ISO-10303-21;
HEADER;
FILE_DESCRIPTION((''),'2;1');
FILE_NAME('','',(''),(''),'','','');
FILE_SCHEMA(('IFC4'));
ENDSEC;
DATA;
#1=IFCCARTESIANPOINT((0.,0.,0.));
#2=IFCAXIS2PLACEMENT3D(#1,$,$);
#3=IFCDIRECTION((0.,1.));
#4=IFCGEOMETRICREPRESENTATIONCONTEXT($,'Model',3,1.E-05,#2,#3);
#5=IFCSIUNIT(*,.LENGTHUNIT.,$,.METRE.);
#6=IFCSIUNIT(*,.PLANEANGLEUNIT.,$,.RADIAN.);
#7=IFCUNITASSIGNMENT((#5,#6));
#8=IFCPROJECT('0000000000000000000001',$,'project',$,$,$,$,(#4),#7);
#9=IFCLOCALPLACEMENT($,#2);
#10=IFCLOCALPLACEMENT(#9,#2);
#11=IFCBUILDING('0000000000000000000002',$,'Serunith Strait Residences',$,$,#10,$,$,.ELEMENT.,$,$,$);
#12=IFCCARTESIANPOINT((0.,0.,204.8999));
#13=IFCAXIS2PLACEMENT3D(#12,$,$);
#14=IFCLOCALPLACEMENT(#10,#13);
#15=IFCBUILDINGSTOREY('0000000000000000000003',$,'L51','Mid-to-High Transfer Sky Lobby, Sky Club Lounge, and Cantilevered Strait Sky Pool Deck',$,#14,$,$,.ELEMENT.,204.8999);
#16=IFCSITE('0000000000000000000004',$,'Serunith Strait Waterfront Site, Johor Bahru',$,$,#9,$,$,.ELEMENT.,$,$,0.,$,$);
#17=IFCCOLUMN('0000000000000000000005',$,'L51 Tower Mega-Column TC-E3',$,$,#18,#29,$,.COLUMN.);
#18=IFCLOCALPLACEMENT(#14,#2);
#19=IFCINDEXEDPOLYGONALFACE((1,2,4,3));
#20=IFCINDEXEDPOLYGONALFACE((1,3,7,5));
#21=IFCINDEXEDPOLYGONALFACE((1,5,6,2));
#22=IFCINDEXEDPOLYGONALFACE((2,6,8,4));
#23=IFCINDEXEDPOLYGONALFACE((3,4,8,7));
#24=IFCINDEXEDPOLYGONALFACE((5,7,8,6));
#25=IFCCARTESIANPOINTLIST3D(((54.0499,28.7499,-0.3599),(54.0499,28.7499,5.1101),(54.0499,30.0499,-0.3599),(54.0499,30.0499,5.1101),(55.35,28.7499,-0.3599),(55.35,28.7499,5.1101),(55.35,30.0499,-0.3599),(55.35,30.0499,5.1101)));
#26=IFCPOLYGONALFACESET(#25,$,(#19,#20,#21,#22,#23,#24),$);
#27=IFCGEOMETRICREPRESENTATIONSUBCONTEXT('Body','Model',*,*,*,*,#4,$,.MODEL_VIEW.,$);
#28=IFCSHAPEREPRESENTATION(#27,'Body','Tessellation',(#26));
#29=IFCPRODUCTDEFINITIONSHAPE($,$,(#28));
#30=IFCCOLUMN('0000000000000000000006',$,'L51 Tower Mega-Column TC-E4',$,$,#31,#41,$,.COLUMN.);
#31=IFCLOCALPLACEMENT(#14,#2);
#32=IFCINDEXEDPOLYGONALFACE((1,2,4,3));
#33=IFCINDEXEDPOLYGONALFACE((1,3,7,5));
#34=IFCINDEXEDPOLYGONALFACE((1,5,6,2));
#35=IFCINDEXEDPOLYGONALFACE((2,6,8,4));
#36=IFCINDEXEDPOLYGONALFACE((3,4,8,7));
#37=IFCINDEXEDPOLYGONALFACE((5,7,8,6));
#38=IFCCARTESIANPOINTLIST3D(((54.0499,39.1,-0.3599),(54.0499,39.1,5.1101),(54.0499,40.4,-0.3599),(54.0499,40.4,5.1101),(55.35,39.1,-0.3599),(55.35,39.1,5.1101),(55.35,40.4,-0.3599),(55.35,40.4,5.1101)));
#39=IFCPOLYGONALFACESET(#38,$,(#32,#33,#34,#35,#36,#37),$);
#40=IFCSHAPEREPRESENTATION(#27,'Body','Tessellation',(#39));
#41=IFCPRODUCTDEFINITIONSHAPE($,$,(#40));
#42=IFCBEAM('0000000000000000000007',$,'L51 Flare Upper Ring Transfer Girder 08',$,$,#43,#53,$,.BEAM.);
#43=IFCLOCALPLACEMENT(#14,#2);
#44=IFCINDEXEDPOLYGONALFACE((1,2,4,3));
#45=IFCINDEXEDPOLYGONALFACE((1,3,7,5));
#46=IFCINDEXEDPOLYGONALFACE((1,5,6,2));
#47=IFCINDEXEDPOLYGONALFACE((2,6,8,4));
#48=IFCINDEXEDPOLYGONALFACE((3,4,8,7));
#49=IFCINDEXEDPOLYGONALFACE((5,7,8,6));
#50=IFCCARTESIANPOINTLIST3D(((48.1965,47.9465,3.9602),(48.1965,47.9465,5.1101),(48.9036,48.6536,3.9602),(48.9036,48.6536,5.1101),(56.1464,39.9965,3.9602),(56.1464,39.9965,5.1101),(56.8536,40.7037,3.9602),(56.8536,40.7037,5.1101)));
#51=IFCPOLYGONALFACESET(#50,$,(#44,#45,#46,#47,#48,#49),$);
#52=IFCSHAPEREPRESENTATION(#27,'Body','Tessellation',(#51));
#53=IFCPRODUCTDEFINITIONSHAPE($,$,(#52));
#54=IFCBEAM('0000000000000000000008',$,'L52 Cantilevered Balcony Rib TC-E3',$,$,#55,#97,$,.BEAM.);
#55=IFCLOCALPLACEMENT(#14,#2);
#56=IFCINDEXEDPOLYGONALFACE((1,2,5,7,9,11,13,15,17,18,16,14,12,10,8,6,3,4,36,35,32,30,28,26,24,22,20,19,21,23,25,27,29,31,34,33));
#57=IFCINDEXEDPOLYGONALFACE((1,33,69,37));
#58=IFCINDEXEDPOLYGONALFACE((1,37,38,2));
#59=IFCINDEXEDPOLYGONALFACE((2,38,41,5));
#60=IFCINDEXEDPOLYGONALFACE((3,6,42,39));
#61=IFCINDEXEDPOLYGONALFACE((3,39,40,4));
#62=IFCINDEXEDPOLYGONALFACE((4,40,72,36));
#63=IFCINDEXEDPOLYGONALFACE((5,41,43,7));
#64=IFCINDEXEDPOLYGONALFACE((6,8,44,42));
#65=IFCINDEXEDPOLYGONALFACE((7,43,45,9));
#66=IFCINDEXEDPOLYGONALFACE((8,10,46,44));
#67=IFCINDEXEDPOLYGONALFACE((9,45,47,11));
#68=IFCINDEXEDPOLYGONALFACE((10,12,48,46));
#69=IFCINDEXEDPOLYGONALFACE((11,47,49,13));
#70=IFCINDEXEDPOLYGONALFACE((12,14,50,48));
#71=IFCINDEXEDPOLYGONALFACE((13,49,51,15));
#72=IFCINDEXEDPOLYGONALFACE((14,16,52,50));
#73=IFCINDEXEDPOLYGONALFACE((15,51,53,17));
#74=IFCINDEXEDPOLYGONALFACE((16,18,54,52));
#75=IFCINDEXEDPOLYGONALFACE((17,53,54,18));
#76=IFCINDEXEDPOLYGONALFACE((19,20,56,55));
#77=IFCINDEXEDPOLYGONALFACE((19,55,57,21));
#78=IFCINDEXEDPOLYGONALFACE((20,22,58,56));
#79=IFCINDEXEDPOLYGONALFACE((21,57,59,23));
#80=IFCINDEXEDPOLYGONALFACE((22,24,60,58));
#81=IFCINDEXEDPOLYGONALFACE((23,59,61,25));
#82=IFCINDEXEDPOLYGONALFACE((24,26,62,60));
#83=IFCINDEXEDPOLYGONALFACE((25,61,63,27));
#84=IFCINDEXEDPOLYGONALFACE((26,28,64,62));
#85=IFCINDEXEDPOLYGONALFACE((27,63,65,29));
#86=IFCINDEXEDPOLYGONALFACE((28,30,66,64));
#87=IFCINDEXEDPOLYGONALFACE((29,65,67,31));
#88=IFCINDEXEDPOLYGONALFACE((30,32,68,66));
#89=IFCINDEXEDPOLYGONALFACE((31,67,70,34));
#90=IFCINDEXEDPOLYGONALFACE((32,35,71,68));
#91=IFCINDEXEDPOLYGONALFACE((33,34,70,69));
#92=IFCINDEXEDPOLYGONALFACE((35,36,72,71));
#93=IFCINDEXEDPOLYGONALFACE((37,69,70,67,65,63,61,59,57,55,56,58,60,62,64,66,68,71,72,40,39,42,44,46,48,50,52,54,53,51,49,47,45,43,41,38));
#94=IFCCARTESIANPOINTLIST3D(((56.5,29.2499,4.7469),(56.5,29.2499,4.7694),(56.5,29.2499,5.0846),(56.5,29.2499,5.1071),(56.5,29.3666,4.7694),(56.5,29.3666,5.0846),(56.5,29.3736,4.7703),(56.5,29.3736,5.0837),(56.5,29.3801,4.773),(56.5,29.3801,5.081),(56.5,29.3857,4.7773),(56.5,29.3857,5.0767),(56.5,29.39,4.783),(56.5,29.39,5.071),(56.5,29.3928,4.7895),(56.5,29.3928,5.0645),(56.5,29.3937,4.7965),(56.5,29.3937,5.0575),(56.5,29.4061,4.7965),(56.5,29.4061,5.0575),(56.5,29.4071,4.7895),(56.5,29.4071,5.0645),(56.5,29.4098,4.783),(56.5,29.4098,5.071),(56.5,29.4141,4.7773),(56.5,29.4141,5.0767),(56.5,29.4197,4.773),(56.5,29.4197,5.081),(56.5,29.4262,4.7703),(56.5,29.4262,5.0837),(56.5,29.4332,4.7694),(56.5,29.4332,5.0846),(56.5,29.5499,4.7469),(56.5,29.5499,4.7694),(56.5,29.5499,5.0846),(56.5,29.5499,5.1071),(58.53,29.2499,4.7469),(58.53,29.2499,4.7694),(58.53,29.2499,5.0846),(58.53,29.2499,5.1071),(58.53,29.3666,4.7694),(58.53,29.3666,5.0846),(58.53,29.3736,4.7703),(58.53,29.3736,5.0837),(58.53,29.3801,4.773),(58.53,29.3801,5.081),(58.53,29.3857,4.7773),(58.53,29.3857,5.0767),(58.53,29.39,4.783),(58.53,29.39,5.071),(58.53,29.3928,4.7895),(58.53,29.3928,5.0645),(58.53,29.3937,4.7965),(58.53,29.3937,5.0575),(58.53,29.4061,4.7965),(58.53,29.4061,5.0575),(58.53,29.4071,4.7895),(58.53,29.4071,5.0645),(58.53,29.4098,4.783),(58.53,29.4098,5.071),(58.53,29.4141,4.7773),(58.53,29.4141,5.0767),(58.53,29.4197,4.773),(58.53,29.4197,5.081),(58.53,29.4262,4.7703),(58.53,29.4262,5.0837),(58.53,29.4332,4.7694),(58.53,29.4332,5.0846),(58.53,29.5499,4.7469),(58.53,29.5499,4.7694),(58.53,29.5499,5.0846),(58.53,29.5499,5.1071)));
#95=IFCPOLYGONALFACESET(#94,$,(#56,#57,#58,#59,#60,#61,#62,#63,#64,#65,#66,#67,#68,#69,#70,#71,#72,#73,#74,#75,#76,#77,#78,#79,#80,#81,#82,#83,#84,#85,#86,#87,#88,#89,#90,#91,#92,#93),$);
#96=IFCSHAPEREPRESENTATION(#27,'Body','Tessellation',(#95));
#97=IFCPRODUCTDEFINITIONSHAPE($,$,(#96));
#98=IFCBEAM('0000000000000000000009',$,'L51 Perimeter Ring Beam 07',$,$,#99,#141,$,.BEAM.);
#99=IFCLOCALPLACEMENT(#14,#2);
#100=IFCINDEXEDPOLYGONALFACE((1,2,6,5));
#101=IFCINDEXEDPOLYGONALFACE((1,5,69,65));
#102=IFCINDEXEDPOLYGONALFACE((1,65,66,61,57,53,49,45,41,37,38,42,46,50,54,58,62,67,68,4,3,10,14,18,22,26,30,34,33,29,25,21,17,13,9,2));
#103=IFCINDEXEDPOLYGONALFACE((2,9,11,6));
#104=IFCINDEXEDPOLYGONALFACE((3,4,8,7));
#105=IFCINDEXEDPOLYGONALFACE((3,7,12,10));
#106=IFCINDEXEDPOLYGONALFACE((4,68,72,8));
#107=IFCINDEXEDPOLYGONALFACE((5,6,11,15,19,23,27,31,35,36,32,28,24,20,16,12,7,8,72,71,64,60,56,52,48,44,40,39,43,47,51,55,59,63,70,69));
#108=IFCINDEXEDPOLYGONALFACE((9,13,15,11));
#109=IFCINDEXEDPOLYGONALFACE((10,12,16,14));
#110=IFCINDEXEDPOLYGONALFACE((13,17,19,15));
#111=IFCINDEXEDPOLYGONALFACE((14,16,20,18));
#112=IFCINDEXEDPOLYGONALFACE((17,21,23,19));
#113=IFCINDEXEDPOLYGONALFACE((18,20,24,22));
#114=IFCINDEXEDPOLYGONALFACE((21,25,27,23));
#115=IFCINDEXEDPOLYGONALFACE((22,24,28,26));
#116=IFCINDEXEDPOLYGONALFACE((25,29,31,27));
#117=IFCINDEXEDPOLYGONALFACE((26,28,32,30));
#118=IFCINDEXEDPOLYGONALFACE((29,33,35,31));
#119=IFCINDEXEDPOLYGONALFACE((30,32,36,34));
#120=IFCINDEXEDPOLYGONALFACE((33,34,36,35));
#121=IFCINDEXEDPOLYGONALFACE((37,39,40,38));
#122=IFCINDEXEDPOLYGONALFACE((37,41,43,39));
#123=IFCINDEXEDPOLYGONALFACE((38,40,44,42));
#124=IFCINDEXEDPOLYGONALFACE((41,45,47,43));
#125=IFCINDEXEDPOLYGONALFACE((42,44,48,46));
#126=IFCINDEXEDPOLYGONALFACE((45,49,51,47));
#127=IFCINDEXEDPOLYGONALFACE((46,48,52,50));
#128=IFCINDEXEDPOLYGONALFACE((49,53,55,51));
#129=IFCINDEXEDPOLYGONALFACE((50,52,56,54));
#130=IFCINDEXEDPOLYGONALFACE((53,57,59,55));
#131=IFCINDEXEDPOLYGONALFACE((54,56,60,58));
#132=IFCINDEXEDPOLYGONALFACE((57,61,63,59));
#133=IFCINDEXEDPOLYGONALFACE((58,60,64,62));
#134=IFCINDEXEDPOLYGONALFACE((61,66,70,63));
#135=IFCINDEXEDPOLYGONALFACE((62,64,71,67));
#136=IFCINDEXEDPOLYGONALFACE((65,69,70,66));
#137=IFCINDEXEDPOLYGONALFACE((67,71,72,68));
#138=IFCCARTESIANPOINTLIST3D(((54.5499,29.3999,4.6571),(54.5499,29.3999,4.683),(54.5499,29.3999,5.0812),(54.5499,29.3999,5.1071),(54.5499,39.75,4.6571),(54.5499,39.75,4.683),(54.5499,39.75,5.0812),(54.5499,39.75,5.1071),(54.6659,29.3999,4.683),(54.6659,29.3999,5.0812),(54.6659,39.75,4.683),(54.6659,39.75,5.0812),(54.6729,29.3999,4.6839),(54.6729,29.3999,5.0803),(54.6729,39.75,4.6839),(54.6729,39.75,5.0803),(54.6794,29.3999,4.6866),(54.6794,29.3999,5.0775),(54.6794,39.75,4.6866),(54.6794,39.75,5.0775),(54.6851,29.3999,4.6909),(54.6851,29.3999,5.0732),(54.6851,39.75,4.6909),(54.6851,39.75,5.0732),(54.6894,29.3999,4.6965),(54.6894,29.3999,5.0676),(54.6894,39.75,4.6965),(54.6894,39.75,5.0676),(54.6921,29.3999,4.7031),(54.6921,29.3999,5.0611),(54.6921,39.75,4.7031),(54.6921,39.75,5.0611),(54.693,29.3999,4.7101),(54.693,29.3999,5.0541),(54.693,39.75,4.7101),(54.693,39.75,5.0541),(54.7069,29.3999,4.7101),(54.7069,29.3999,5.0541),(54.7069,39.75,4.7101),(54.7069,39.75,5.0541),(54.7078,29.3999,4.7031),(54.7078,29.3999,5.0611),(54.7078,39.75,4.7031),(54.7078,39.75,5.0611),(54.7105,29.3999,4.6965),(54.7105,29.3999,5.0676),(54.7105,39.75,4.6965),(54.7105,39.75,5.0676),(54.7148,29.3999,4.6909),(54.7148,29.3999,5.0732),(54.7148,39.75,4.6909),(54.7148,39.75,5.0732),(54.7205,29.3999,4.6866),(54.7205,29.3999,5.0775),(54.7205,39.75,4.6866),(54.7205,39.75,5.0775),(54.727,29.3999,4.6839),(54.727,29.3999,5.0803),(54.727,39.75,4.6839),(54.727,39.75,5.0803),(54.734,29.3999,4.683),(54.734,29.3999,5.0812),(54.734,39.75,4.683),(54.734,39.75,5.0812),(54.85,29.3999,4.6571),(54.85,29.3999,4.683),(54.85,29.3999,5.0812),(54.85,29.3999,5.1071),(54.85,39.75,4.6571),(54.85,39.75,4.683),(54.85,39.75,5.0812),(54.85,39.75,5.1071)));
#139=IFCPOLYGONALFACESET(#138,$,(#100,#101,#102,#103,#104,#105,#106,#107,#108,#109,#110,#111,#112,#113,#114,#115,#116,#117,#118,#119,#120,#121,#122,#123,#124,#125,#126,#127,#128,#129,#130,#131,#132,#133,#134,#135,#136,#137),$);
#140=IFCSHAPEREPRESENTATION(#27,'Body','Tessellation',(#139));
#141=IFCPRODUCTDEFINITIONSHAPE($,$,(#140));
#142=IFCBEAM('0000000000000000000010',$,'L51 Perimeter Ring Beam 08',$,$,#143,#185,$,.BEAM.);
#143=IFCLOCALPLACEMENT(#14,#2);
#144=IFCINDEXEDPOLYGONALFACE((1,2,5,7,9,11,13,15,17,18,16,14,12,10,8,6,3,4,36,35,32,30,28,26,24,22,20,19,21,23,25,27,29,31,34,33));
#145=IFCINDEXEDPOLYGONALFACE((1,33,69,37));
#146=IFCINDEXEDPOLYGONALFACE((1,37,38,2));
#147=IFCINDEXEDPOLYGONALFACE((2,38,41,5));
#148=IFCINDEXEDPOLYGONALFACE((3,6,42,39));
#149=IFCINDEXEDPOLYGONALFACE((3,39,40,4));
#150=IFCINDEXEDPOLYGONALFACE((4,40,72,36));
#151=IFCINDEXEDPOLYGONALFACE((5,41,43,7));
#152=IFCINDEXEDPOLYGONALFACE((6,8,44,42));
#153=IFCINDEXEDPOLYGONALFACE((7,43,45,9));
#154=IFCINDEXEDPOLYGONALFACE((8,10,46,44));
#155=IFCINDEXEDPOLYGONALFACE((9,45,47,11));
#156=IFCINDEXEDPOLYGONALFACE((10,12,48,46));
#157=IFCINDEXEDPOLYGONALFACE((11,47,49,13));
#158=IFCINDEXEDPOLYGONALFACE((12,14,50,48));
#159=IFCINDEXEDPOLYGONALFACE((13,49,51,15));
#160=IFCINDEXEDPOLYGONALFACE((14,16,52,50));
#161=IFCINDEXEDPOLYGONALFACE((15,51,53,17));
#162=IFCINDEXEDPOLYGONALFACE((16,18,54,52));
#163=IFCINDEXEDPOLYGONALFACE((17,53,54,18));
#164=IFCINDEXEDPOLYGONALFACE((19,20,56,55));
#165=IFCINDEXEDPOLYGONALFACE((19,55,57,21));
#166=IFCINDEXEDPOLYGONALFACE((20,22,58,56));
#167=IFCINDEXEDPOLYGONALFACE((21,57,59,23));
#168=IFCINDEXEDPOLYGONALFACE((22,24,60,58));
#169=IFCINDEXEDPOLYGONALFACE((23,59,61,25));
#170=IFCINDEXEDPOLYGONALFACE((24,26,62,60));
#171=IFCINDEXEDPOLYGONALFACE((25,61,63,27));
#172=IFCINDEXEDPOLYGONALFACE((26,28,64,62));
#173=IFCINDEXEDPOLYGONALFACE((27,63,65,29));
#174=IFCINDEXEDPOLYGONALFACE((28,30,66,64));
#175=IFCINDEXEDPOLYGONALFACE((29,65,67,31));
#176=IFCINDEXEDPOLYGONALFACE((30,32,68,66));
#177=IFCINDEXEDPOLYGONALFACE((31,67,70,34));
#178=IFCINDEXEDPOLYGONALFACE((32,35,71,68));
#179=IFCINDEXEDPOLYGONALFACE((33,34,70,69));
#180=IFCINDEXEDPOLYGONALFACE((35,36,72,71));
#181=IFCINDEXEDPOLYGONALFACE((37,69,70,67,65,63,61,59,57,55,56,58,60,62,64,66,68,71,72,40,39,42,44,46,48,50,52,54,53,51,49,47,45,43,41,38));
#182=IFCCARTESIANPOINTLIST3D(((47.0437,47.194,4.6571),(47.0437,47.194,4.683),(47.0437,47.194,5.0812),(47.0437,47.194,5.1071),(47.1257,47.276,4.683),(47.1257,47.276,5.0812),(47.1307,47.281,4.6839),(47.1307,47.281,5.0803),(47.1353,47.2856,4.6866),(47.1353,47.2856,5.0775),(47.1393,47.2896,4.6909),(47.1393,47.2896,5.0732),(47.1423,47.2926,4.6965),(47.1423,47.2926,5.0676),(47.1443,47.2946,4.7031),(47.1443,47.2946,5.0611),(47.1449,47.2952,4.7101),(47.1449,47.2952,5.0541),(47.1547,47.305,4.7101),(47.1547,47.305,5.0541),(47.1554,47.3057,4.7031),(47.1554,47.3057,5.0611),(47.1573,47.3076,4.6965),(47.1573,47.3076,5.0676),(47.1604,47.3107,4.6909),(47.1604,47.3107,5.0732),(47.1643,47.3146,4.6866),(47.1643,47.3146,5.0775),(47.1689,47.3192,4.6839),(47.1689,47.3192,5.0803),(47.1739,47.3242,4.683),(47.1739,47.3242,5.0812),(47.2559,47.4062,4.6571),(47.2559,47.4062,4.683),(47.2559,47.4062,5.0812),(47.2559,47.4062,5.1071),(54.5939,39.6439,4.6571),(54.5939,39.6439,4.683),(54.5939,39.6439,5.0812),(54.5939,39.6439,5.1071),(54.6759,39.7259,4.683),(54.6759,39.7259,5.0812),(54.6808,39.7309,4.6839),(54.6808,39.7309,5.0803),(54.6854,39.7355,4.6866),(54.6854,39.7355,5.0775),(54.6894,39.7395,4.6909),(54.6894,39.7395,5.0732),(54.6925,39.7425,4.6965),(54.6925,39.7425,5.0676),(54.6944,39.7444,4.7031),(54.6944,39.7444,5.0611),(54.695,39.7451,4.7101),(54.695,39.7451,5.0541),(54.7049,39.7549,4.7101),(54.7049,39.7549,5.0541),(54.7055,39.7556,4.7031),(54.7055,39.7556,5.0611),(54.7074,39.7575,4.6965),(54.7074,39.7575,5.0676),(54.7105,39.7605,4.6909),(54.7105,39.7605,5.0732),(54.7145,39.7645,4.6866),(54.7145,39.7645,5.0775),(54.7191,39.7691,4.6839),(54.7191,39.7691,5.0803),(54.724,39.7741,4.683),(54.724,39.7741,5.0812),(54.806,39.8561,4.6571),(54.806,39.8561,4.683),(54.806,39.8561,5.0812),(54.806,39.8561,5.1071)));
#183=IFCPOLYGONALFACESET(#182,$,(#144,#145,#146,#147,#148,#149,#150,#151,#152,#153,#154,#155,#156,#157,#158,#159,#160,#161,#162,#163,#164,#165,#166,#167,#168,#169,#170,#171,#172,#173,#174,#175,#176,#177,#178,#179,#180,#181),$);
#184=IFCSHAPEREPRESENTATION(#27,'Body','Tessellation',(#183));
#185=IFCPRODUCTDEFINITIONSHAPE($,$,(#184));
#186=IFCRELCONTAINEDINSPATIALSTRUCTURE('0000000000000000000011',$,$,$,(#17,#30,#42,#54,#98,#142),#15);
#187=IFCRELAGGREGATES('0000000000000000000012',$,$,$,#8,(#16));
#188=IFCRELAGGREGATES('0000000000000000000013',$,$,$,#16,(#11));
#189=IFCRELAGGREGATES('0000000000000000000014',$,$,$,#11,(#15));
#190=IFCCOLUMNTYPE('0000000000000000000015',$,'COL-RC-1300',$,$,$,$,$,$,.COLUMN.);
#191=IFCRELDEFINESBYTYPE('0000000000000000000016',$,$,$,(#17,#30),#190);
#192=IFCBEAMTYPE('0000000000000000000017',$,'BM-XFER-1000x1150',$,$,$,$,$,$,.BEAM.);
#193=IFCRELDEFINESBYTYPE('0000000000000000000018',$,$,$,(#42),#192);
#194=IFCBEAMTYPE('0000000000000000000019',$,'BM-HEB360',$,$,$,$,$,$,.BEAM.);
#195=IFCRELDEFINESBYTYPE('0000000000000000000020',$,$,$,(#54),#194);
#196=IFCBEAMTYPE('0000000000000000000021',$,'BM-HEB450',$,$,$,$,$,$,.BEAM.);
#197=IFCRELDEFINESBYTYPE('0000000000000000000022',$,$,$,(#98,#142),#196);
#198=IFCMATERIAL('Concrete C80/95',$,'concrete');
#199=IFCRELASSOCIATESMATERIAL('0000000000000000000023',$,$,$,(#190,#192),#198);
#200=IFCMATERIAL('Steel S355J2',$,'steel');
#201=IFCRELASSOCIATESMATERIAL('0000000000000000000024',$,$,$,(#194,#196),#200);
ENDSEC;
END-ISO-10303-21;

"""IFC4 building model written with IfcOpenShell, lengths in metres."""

from ifc_helpers import new_model, si_unit, direction, frame, origin, origin_2d, place, context, subcontext, project, spatial, rectangle, i_section, extrude, source, transform, mapped, material, material_profile, profile_set, type_object, element, save


model = new_model("IFC4")

# Units and contexts
model_context = context("Model", 3, precision=1e-05, world=origin(), true_north=direction((0.0, 1.0)))
body_context = subcontext(model_context, "Body", "Model", "MODEL_VIEW")
ifc_project = project(units=[si_unit("LENGTHUNIT", "METRE"), si_unit("PLANEANGLEUNIT", "RADIAN")], contexts=[model_context])

# Site, building, storey
site_placement = place(None, origin())
site = spatial("IfcSite", under=ifc_project, at=site_placement, Name="Serunith Strait Waterfront Site, Johor Bahru", CompositionType="ELEMENT", RefElevation=0.0)
building_placement = place(site_placement, origin())
building = spatial("IfcBuilding", under=site, at=building_placement, Name="Serunith Strait Residences", CompositionType="ELEMENT")
storey_placement = place(building_placement, frame((0.0, 0.0, 204.8999)))
storey = spatial("IfcBuildingStorey", under=building, at=storey_placement, Name="L51", Description="Mid-to-High Transfer Sky Lobby, Sky Club Lounge, and Cantilevered Strait Sky Pool Deck", CompositionType="ELEMENT", Elevation=204.8999)

# Columns
ifc_material_1 = material(Name="Concrete C80/95", Category="concrete")
ifc_material_profile_1 = material_profile(ifc_material_1, rectangle(XDim=1.3, YDim=1.3, at=origin_2d()), Name="RC 1300x1300")
ifc_profile_set_1 = profile_set([ifc_material_profile_1], Name="Concrete C80/95")
column_type = type_object("IfcColumnType", Name="COL-RC-1300", PredefinedType="COLUMN", material=ifc_profile_set_1)
shared_shape_1 = source(origin(), body_context, "Body", "SweptSolid", [
    extrude(rectangle(XDim=1.3, YDim=1.3, at=origin_2d()), origin(), (0.0, 0.0, 1.0), 5.47),
])
for number, where, z_axis, x_axis, name in (
    (1, (54.7, 29.3999, -0.3599), (0.0, 0.0, 1.0), (1.0, 0.0, 0.0), "L51 Tower Mega-Column TC-E3"),
    (2, (54.7, 39.75, -0.3599), (0.0, 0.0, 1.0), (1.0, 0.0, 0.0), "L51 Tower Mega-Column TC-E4"),
):
    element("IfcColumn", number, at=place(storey_placement, frame(where, z_axis=z_axis, x_axis=x_axis)), inside=storey, type_object=column_type, Name=name, PredefinedType="COLUMN", context=body_context, shape_type="MappedRepresentation", body=[
        mapped(shared_shape_1, transform((0.0, 0.0, 0.0), scale=1.0)),
    ])

# Beams
ifc_material_profile_2 = material_profile(ifc_material_1, rectangle(XDim=1.0, YDim=1.1499, at=origin_2d()), Name="RC 1000x1150")
ifc_profile_set_2 = profile_set([ifc_material_profile_2], Name="Concrete C80/95")
beam_type_1 = type_object("IfcBeamType", Name="BM-XFER-1000x1150", PredefinedType="BEAM", material=ifc_profile_set_2)
shared_shape_2 = source(origin(), body_context, "Body", "SweptSolid", [
    extrude(rectangle(XDim=1.0, YDim=1.1499, at=origin_2d()), origin(), (0.0, 0.0, 1.0), 11.2429),
])
beam_1_placement = place(storey_placement, frame((56.5, 40.3501, 4.5352), z_axis=(-0.707107, 0.707107, 0.0), x_axis=(-0.707107, -0.707107, 0.0)))
element("IfcBeam", 3, at=beam_1_placement, inside=storey, type_object=beam_type_1, Name="L51 Flare Upper Ring Transfer Girder 08", PredefinedType="BEAM", context=body_context, shape_type="MappedRepresentation", body=[
    mapped(shared_shape_2, transform((0.0, 0.0, 0.0), scale=1.0)),
])
ifc_material_2 = material(Name="Steel S355J2", Category="steel")
ifc_material_profile_3 = material_profile(ifc_material_2, i_section(OverallWidth=0.3, OverallDepth=0.3601, WebThickness=0.0125, FlangeThickness=0.0225, FilletRadius=0.0271, at=origin_2d()), Name="HEB 360")
ifc_profile_set_3 = profile_set([ifc_material_profile_3], Name="Steel S355J2")
beam_type_2 = type_object("IfcBeamType", Name="BM-HEB360", PredefinedType="BEAM", material=ifc_profile_set_3)
shared_shape_3 = source(origin(), body_context, "Body", "SweptSolid", [
    extrude(i_section(OverallWidth=0.3, OverallDepth=0.3601, WebThickness=0.0125, FlangeThickness=0.0225, FilletRadius=0.0271, at=origin_2d()), origin(), (0.0, 0.0, 1.0), 2.03),
])
beam_2_placement = place(storey_placement, frame((56.5, 29.3999, 4.927), z_axis=(1.0, 0.0, 0.0), x_axis=(0.0, 1.0, 0.0)))
element("IfcBeam", 4, at=beam_2_placement, inside=storey, type_object=beam_type_2, Name="L52 Cantilevered Balcony Rib TC-E3", PredefinedType="BEAM", context=body_context, shape_type="MappedRepresentation", body=[
    mapped(shared_shape_3, transform((0.0, 0.0, 0.0), scale=1.0)),
])
ifc_material_profile_4 = material_profile(ifc_material_2, i_section(OverallWidth=0.3, OverallDepth=0.45, WebThickness=0.0139, FlangeThickness=0.0259, FilletRadius=0.0271, at=origin_2d()), Name="HEB 450")
ifc_profile_set_4 = profile_set([ifc_material_profile_4], Name="Steel S355J2")
beam_type_3 = type_object("IfcBeamType", Name="BM-HEB450", PredefinedType="BEAM", material=ifc_profile_set_4)
shared_shape_4 = source(origin(), body_context, "Body", "SweptSolid", [
    extrude(i_section(OverallWidth=0.3, OverallDepth=0.45, WebThickness=0.0139, FlangeThickness=0.0259, FilletRadius=0.0271, at=origin_2d()), origin(), (0.0, 0.0, 1.0), 10.3501),
])
beam_3_placement = place(storey_placement, frame((54.7, 29.3999, 4.8821), z_axis=(0.0, 1.0, 0.0), x_axis=(-1.0, 0.0, 0.0)))
element("IfcBeam", 5, at=beam_3_placement, inside=storey, type_object=beam_type_3, Name="L51 Perimeter Ring Beam 07", PredefinedType="BEAM", context=body_context, shape_type="MappedRepresentation", body=[
    mapped(shared_shape_4, transform((0.0, 0.0, 0.0), scale=1.0)),
])
shared_shape_5 = source(origin(), body_context, "Body", "SweptSolid", [
    extrude(i_section(OverallWidth=0.3, OverallDepth=0.45, WebThickness=0.0139, FlangeThickness=0.0259, FilletRadius=0.0271, at=origin_2d()), origin(), (0.0, 0.0, 1.0), 10.6775),
])
beam_4_placement = place(storey_placement, frame((54.7, 39.75, 4.8821), z_axis=(-0.707107, 0.707107, 0.0), x_axis=(-0.707107, -0.707107, 0.0)))
element("IfcBeam", 6, at=beam_4_placement, inside=storey, type_object=beam_type_3, Name="L51 Perimeter Ring Beam 08", PredefinedType="BEAM", context=body_context, shape_type="MappedRepresentation", body=[
    mapped(shared_shape_5, transform((0.0, 0.0, 0.0), scale=1.0)),
])

save(model, "model.ifc")
